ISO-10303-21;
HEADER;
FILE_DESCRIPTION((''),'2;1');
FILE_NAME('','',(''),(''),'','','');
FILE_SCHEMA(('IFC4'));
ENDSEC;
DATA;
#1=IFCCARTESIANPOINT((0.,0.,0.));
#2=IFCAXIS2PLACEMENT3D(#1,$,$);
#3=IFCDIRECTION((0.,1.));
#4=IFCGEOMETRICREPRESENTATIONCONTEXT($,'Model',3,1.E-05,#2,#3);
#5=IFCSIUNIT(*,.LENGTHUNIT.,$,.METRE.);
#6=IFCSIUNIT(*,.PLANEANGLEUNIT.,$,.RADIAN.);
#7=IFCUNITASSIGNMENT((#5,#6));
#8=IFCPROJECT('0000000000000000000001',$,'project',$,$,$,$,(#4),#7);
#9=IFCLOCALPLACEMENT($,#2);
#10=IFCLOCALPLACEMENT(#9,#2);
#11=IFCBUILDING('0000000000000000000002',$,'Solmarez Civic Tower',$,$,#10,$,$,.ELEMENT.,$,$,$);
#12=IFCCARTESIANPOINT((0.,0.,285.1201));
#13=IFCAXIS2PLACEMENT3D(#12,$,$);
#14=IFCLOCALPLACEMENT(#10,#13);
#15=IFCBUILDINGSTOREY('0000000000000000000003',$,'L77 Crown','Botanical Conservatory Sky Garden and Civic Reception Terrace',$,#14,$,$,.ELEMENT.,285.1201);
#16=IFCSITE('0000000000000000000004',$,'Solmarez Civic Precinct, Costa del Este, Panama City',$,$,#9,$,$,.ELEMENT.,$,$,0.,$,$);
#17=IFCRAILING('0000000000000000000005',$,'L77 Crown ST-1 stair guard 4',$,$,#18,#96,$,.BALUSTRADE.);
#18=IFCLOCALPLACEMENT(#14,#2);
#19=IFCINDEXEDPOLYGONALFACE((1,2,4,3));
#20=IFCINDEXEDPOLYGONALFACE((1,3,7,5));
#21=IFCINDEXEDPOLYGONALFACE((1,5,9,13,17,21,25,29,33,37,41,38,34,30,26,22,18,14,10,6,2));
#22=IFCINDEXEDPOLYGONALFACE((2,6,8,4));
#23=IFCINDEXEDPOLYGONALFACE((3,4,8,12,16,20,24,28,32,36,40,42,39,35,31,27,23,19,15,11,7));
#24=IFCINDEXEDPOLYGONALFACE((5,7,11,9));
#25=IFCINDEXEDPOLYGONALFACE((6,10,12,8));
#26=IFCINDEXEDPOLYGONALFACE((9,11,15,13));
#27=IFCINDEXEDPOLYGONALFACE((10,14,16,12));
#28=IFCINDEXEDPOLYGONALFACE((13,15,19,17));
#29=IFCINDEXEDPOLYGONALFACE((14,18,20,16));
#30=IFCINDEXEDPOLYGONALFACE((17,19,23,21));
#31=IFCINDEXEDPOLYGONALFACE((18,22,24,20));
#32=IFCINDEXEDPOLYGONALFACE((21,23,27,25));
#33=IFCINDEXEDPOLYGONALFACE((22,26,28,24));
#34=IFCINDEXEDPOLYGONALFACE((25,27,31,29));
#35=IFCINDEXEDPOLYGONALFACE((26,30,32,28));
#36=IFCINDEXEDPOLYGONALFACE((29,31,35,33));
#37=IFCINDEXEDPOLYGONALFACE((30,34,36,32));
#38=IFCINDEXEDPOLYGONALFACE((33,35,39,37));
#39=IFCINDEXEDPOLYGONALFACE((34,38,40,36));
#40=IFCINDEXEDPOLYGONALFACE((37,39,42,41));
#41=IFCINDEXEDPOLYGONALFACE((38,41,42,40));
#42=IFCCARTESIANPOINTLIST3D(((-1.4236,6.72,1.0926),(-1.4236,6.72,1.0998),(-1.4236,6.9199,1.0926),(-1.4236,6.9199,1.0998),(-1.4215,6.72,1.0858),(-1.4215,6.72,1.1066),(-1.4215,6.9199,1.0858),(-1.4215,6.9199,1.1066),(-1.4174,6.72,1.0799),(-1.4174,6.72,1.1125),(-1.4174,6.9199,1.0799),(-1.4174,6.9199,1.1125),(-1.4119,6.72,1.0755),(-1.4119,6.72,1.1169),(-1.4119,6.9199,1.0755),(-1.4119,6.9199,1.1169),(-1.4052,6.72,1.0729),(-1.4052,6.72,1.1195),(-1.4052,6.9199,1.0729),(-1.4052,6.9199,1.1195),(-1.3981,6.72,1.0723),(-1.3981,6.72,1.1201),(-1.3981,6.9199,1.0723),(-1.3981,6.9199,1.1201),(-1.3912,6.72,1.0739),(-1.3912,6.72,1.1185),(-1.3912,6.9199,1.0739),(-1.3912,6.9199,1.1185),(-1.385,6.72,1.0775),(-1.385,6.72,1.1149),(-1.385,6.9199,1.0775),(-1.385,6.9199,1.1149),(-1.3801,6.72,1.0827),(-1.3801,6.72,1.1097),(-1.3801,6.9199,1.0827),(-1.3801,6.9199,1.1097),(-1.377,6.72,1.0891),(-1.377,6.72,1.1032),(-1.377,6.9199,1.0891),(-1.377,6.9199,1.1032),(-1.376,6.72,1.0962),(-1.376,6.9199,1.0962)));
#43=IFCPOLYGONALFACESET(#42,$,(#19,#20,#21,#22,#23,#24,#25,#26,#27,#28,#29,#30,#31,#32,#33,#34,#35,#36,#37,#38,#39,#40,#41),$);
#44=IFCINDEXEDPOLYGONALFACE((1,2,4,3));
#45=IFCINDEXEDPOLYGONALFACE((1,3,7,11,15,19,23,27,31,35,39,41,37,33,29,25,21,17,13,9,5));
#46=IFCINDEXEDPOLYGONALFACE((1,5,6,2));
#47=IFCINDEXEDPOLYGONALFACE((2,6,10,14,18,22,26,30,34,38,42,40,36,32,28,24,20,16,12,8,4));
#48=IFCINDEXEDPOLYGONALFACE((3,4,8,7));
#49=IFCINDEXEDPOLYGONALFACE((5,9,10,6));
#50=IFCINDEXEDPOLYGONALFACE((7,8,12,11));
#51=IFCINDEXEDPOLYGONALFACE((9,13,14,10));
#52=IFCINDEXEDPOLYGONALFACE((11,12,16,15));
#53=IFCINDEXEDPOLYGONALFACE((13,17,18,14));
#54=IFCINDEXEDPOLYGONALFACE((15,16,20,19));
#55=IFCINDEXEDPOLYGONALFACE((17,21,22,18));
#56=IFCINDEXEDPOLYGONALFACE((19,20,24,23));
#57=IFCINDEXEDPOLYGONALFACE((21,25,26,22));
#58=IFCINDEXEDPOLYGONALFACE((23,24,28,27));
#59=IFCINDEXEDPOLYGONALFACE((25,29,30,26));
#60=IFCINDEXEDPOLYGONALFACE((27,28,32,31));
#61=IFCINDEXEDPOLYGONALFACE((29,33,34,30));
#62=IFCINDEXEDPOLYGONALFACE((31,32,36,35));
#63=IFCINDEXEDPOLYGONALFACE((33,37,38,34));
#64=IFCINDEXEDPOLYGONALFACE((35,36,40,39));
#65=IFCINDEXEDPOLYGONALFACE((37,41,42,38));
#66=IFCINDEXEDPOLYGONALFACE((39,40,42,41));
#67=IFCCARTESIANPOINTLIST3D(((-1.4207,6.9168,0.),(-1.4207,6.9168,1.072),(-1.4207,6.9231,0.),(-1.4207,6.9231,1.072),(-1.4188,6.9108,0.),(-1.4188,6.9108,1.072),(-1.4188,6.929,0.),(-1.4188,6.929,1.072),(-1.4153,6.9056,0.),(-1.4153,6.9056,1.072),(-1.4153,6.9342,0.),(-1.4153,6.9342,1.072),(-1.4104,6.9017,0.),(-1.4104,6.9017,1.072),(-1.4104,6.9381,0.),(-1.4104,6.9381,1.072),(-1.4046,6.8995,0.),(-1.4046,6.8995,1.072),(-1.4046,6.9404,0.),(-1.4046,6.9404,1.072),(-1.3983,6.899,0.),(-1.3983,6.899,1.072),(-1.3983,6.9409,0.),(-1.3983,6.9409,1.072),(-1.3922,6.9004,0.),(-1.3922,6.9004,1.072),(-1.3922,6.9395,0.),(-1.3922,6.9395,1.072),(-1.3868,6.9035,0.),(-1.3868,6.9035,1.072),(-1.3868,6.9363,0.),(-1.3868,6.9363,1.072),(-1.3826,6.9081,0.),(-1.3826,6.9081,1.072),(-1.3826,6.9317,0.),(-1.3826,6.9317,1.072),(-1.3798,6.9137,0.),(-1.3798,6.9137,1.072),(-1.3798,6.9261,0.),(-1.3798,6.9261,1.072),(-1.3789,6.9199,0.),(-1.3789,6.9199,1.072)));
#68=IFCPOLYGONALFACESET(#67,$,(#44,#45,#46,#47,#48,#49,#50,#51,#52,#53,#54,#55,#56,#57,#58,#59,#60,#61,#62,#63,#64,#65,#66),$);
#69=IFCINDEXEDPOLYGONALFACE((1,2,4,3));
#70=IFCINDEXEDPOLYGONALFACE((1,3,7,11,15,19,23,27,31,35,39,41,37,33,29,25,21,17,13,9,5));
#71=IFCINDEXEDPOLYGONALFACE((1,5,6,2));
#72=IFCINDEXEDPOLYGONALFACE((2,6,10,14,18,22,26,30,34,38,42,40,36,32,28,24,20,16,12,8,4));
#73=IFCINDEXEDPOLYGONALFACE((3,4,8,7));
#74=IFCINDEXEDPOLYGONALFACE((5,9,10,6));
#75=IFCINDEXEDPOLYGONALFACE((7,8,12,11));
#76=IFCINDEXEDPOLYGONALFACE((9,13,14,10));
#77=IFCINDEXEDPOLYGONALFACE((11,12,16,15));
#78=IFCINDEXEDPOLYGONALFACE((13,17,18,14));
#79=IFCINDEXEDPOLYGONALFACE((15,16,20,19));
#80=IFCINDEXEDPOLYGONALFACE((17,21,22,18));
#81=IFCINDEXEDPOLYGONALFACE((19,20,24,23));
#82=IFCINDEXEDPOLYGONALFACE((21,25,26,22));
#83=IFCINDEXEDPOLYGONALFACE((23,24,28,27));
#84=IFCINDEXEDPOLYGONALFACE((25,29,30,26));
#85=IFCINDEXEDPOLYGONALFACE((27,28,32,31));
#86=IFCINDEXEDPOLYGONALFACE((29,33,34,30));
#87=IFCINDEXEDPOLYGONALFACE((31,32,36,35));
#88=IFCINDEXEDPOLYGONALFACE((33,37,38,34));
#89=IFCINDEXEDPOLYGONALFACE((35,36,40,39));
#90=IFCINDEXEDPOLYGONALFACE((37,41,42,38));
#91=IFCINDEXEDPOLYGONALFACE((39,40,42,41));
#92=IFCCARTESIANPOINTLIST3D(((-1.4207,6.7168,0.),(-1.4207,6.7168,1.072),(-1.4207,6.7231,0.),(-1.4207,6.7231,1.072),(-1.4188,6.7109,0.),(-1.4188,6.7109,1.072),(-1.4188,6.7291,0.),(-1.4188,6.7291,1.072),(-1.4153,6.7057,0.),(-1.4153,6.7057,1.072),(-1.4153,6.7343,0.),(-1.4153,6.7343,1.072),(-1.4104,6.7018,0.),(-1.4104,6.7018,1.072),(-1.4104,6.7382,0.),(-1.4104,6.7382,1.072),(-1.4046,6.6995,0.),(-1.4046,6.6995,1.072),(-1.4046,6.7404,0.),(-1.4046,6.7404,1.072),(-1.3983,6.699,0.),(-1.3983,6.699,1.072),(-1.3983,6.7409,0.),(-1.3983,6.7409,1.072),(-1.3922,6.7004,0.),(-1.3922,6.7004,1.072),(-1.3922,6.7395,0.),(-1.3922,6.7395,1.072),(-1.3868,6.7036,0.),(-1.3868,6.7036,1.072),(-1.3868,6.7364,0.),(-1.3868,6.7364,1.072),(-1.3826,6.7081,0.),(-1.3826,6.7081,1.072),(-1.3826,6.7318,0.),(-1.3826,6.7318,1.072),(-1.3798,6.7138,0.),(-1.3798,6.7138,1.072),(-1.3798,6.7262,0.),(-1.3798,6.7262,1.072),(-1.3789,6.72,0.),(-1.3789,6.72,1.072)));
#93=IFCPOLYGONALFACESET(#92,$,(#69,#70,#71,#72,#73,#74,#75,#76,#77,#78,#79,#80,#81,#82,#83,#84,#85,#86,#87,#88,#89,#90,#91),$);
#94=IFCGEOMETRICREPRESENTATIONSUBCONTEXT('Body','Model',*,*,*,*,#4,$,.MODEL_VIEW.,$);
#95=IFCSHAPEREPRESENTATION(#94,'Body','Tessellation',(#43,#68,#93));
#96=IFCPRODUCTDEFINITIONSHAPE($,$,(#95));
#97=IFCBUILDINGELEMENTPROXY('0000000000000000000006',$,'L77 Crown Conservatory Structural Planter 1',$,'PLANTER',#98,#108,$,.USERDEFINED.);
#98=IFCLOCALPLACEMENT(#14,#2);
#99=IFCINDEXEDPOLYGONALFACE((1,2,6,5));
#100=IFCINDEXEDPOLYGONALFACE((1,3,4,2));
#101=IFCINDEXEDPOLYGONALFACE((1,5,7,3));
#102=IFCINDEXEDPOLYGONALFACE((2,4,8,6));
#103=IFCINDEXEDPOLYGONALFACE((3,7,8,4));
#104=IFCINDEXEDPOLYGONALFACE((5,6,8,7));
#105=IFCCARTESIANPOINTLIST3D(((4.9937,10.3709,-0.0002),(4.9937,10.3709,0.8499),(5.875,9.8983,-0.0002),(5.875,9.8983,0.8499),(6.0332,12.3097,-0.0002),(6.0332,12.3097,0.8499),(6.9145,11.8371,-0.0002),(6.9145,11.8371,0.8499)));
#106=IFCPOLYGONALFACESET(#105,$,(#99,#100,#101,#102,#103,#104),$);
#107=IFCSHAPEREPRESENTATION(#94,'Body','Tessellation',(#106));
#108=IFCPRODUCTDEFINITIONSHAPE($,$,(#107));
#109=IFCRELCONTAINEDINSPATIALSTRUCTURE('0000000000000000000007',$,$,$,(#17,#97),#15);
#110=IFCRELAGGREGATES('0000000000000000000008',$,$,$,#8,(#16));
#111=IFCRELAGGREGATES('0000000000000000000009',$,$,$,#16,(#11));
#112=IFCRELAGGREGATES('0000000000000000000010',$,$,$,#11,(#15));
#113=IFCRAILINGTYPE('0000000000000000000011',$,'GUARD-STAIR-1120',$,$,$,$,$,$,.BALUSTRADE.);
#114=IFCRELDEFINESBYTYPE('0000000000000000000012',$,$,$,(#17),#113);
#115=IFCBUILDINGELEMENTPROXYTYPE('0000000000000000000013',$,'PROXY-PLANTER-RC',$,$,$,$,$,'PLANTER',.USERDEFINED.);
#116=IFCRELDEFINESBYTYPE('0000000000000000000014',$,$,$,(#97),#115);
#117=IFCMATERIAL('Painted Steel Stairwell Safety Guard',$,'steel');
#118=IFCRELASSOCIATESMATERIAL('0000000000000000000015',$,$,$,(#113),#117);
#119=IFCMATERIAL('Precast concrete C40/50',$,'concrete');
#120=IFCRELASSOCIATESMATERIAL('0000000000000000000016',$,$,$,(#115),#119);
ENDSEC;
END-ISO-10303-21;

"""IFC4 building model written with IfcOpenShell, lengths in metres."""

from ifc_helpers import new_model, si_unit, direction, frame, origin, origin_2d, place, context, subcontext, project, spatial, rectangle, circle, extrude, material, type_object, element, save


model = new_model("IFC4")

# Units and contexts
model_context = context("Model", 3, precision=1e-05, world=origin(), true_north=direction((0.0, 1.0)))
body_context = subcontext(model_context, "Body", "Model", "MODEL_VIEW")
ifc_project = project(units=[si_unit("LENGTHUNIT", "METRE"), si_unit("PLANEANGLEUNIT", "RADIAN")], contexts=[model_context])

# Site, building, storey
site_placement = place(None, origin())
site = spatial("IfcSite", under=ifc_project, at=site_placement, Name="Solmarez Civic Precinct, Costa del Este, Panama City", CompositionType="ELEMENT", RefElevation=0.0)
building_placement = place(site_placement, origin())
building = spatial("IfcBuilding", under=site, at=building_placement, Name="Solmarez Civic Tower", CompositionType="ELEMENT")
storey_placement = place(building_placement, frame((0.0, 0.0, 285.1201)))
storey = spatial("IfcBuildingStorey", under=building, at=storey_placement, Name="L77 Crown", Description="Botanical Conservatory Sky Garden and Civic Reception Terrace", CompositionType="ELEMENT", Elevation=285.1201)

# Shared definitions
ifc_material_1 = material(Name="Precast concrete C40/50", Category="concrete")

# Railing
ifc_material_2 = material(Name="Painted Steel Stairwell Safety Guard", Category="steel")
railing_type = type_object("IfcRailingType", Name="GUARD-STAIR-1120", PredefinedType="BALUSTRADE", material=ifc_material_2)
railing_placement = place(storey_placement, frame((-1.3999, 6.9199, 0.0)))
element("IfcRailing", 1, at=railing_placement, inside=storey, type_object=railing_type, Name="L77 Crown ST-1 stair guard 4", PredefinedType="BALUSTRADE", context=body_context, shape_type="SweptSolid", body=[
    extrude(circle(Radius=0.0239, at=origin_2d()), frame((0.0, 0.0, 1.0962), z_axis=(0.0, -1.0, 0.0), x_axis=(1.0, 0.0, 0.0)), (0.0, 0.0, 1.0), 0.2),
    extrude(circle(Radius=0.021, at=origin_2d()), origin(), (0.0, 0.0, 1.0), 1.072),
    extrude(circle(Radius=0.021, at=origin_2d()), frame((0.0, -0.2, 0.0)), (0.0, 0.0, 1.0), 1.072),
])

# Building element proxy
building_element_proxy_type = type_object("IfcBuildingElementProxyType", Name="PROXY-PLANTER-RC", ElementType="PLANTER", PredefinedType="USERDEFINED", material=ifc_material_1)
proxy_placement = place(storey_placement, frame((5.9541, 11.104, -0.0002), z_axis=(0.0, 0.0, 1.0), x_axis=(0.472551, 0.881303, 0.0)))
element("IfcBuildingElementProxy", 2, at=proxy_placement, inside=storey, type_object=building_element_proxy_type, Name="L77 Crown Conservatory Structural Planter 1", ObjectType="PLANTER", PredefinedType="USERDEFINED", context=body_context, shape_type="SweptSolid", body=[
    extrude(rectangle(XDim=2.2, YDim=1.0, at=origin_2d()), origin(), (0.0, 0.0, 1.0), 0.8501),
])

save(model, "model.ifc")
